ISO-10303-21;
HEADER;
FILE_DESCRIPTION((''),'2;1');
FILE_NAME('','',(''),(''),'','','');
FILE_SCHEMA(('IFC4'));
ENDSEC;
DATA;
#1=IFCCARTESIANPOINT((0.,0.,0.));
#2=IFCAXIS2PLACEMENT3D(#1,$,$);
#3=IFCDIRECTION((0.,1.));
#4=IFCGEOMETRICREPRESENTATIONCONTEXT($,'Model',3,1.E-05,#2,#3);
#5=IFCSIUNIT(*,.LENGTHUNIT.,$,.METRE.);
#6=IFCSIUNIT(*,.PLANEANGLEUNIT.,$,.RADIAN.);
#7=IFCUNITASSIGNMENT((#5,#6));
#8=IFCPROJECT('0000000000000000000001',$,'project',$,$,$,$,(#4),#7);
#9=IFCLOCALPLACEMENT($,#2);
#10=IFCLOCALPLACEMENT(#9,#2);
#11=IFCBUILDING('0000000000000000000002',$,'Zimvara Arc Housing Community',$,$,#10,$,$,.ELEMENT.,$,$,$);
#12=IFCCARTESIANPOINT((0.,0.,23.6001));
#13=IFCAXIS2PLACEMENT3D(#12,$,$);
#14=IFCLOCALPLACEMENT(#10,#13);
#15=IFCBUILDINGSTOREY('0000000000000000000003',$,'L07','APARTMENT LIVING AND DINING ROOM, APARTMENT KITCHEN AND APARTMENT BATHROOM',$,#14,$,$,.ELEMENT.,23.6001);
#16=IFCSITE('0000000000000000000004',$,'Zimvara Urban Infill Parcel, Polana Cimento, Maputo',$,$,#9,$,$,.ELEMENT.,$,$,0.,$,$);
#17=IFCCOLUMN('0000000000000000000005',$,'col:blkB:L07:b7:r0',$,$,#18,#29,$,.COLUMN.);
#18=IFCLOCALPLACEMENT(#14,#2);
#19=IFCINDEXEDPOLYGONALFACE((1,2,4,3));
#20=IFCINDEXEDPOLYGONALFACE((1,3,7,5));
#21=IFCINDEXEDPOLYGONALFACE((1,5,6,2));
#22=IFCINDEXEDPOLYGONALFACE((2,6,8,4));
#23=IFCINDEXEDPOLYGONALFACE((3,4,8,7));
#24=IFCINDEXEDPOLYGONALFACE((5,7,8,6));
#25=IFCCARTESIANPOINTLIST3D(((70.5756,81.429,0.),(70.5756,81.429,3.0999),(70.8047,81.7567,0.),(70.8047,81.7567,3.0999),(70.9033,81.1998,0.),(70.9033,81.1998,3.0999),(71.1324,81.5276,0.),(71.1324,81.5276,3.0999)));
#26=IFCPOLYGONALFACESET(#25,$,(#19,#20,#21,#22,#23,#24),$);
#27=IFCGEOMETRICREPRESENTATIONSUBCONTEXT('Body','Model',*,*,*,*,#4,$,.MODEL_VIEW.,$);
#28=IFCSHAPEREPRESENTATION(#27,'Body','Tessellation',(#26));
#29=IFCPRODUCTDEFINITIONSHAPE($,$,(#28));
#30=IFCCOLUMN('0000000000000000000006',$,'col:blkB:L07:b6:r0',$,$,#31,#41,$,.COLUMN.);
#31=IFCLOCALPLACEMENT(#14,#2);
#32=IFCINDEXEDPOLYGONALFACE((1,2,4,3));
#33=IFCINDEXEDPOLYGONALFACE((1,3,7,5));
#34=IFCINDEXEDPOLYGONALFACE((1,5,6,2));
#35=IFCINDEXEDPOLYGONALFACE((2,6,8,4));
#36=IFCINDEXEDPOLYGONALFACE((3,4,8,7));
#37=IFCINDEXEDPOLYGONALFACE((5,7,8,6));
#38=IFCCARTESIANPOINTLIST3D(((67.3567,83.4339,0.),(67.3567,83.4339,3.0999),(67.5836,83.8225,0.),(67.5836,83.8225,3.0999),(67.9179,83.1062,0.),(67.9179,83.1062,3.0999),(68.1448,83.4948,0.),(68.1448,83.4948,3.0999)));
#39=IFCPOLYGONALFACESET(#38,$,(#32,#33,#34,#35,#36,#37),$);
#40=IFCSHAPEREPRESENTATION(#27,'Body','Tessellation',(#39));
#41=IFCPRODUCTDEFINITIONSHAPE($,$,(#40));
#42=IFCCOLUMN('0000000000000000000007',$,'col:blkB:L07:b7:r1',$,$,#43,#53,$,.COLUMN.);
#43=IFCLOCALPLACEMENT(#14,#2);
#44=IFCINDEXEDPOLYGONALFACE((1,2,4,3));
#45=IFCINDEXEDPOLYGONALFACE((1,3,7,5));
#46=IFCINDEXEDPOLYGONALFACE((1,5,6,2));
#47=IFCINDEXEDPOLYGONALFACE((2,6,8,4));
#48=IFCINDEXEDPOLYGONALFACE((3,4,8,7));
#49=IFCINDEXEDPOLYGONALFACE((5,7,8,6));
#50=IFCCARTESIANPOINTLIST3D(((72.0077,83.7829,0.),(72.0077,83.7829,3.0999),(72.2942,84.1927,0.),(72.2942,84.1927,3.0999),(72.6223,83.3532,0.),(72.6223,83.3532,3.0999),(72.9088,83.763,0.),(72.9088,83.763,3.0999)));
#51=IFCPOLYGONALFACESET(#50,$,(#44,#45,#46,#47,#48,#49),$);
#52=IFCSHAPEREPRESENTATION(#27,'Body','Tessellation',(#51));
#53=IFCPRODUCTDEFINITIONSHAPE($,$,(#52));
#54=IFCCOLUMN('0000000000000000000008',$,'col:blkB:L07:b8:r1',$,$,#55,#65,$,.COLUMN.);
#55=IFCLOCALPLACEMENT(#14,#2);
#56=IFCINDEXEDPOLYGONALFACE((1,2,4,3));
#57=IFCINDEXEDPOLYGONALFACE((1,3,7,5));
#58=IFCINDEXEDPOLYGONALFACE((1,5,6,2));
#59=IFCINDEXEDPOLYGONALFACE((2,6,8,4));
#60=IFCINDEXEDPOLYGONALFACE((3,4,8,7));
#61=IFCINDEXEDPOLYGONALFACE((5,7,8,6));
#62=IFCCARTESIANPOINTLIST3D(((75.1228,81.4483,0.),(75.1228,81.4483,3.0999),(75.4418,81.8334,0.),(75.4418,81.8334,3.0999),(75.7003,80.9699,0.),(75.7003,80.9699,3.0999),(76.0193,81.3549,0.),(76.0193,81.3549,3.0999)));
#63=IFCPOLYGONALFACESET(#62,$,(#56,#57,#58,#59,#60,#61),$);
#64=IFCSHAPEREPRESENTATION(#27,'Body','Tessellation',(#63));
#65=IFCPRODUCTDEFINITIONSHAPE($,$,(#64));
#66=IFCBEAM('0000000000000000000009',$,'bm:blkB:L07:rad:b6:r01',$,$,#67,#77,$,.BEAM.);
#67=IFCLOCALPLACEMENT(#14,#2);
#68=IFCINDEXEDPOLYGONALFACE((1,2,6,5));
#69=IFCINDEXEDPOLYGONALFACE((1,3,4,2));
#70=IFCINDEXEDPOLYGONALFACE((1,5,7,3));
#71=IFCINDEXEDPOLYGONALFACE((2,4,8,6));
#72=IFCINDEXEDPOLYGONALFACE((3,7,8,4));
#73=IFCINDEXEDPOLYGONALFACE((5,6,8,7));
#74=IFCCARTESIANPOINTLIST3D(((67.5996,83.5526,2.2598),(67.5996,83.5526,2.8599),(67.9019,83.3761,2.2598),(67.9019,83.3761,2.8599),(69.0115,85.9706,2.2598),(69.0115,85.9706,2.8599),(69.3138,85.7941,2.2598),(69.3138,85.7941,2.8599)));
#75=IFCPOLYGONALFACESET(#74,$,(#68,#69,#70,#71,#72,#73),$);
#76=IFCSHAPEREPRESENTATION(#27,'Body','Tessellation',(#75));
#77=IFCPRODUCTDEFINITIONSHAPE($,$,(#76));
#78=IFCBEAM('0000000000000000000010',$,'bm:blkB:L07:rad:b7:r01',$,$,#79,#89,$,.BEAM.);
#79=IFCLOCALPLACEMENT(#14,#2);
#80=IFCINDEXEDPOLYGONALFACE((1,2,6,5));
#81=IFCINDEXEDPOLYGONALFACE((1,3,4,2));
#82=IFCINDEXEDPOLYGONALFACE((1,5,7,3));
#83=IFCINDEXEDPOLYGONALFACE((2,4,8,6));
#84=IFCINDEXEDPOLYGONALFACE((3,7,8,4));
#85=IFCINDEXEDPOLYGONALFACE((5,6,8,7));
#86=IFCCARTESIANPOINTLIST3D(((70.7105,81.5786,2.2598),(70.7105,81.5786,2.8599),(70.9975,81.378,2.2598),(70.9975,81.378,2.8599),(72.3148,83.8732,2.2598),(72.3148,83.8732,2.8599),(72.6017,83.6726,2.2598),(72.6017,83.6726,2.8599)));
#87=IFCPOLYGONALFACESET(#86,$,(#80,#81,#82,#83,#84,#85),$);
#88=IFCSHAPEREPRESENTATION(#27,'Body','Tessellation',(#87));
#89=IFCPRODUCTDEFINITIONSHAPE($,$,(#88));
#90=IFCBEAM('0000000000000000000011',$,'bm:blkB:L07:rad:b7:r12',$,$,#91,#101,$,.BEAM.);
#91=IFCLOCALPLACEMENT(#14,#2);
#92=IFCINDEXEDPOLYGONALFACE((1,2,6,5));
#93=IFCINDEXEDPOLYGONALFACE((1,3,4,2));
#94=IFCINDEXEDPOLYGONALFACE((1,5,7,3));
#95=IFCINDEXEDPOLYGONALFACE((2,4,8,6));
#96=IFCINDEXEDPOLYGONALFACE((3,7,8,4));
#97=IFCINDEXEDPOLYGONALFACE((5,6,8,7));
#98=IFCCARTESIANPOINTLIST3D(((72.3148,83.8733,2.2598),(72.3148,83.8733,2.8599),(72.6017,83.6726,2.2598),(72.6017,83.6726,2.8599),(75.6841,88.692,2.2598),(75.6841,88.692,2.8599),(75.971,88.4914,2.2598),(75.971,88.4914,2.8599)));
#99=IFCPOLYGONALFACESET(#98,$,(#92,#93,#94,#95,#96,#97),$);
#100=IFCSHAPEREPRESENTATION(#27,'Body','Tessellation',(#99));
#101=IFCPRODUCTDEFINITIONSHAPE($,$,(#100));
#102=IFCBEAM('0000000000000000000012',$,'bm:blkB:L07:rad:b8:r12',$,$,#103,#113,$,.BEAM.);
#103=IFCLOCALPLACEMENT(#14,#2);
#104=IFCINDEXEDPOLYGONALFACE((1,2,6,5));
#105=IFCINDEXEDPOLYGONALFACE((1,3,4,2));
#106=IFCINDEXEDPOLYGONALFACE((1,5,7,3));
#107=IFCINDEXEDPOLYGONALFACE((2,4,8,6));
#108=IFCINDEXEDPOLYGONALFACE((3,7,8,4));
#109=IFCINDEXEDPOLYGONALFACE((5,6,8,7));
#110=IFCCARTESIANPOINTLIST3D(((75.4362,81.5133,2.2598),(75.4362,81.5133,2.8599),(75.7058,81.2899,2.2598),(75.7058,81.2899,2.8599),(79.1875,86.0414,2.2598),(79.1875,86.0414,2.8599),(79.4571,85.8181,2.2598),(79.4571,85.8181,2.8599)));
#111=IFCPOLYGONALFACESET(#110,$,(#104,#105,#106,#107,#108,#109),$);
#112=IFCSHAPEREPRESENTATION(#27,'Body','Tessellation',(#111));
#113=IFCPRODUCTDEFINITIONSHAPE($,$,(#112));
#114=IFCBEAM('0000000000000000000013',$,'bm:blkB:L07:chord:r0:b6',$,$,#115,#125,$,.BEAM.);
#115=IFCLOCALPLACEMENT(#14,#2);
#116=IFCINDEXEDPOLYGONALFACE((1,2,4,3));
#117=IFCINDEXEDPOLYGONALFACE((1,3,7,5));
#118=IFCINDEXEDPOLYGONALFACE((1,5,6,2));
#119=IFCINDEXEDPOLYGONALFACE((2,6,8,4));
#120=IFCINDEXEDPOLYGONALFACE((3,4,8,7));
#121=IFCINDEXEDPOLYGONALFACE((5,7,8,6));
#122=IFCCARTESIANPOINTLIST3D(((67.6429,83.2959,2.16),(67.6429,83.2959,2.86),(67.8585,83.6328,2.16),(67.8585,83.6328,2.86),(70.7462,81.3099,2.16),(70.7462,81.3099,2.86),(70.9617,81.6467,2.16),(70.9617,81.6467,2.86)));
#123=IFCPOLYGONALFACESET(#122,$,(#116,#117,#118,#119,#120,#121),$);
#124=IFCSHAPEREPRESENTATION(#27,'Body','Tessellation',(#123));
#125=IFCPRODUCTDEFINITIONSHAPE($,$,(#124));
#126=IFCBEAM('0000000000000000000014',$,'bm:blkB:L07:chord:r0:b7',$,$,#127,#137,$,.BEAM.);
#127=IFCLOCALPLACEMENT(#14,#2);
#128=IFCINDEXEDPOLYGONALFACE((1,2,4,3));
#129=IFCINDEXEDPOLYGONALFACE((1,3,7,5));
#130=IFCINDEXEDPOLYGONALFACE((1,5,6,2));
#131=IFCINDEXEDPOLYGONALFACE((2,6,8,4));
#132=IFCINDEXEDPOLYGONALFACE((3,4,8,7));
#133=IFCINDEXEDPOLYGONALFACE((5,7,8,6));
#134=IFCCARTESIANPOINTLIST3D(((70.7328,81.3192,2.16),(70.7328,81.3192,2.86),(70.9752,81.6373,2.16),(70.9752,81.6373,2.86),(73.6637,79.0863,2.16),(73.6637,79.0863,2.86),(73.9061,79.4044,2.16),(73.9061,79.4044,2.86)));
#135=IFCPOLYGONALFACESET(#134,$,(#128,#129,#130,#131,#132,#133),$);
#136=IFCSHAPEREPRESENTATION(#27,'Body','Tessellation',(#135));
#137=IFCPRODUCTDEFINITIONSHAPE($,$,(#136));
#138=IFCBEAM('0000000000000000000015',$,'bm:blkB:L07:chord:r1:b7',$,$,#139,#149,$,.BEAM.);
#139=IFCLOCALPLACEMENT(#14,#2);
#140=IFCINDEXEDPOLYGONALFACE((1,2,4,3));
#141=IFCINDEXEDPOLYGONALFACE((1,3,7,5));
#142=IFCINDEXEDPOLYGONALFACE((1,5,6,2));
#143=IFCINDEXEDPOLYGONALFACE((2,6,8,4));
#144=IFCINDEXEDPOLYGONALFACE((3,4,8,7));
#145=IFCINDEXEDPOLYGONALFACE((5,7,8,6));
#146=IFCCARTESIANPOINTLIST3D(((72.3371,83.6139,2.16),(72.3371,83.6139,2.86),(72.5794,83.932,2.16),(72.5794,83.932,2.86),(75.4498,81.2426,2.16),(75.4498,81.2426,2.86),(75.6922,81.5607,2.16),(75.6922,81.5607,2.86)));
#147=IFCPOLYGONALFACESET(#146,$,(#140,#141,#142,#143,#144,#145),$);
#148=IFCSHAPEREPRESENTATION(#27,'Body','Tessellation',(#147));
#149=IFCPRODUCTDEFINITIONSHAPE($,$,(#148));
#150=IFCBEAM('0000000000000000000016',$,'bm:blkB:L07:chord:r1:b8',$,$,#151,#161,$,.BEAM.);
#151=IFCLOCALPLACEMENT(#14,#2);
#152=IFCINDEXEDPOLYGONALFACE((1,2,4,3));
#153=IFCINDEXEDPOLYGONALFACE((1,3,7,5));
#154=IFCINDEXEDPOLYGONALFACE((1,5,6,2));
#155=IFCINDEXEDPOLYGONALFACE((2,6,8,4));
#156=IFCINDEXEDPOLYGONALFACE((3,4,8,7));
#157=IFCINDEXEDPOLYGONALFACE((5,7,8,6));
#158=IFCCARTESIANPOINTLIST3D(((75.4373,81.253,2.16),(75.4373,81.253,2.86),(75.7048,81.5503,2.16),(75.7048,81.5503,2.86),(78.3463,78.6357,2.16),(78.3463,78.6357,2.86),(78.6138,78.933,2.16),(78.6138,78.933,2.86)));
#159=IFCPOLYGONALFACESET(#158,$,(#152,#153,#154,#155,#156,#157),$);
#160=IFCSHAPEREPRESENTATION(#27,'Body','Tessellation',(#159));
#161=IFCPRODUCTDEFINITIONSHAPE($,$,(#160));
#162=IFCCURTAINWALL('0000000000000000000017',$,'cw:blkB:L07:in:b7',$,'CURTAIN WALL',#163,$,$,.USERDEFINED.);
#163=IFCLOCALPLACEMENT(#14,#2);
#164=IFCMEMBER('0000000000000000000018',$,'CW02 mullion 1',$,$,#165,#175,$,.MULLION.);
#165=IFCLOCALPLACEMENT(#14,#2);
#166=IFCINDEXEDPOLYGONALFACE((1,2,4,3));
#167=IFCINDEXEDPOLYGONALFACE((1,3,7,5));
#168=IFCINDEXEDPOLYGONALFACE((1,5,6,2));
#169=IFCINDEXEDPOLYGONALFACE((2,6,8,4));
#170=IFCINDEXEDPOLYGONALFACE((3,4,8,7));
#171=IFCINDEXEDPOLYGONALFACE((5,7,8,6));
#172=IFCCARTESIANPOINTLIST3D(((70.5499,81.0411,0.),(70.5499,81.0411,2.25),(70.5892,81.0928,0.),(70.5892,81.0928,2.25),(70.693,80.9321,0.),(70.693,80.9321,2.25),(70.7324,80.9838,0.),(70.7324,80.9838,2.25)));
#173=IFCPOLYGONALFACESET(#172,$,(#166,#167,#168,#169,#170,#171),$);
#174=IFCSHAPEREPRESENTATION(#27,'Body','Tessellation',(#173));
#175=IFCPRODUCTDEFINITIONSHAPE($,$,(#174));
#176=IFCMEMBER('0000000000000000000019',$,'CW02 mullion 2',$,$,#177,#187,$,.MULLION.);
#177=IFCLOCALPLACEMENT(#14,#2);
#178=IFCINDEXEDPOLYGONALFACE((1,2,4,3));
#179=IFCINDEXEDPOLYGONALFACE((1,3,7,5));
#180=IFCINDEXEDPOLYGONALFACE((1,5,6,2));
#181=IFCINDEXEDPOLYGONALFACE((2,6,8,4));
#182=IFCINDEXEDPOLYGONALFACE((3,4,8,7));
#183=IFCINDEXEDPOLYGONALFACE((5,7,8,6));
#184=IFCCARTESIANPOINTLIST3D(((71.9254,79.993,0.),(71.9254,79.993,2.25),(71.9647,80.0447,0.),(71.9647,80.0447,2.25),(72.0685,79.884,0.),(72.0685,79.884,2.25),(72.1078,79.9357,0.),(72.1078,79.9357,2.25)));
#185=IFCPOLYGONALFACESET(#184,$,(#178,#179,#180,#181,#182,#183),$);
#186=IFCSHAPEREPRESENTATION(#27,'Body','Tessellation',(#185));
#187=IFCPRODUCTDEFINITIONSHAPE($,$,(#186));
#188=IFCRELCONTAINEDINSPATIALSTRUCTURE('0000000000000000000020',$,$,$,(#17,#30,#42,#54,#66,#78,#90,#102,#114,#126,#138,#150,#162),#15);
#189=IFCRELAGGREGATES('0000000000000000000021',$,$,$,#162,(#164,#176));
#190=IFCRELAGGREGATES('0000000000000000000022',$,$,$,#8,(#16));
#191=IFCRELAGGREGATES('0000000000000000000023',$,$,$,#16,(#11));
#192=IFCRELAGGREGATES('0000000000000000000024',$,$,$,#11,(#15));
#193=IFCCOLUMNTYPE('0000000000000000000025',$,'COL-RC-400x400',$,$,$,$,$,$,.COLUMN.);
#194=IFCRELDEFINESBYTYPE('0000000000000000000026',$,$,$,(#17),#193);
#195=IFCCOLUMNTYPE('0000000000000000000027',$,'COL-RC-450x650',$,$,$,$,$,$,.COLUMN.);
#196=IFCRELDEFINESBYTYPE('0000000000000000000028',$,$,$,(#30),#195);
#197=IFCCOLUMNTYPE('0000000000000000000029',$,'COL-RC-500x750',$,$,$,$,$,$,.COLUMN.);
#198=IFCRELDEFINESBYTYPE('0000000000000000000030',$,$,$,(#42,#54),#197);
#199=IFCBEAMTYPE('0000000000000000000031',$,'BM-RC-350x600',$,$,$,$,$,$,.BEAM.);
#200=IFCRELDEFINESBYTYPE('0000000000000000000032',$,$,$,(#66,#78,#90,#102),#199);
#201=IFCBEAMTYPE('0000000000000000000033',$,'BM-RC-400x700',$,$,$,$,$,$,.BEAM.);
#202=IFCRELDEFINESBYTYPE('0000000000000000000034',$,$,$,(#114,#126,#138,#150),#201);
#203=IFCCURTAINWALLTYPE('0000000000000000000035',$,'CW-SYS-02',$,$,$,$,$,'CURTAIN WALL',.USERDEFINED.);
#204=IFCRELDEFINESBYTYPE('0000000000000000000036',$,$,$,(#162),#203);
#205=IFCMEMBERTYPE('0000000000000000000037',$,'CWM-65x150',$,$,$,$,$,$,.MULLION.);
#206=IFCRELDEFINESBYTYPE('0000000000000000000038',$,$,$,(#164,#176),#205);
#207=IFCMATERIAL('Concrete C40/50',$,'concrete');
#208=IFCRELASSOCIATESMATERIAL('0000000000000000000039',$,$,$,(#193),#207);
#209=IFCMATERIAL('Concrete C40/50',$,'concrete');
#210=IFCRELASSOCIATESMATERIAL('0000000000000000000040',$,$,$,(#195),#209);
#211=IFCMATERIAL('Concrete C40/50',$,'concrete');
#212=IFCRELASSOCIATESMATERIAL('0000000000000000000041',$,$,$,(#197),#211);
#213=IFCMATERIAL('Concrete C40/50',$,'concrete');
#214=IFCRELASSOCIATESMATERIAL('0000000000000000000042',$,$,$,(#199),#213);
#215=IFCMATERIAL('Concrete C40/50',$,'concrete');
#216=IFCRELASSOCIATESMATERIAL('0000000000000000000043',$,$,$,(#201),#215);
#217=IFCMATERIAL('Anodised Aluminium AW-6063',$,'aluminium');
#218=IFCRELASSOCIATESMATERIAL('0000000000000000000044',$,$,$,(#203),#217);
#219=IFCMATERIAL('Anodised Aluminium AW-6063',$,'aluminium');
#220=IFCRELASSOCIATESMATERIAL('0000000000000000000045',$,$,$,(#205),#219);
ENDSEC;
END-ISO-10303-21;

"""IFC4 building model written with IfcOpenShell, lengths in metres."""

from ifc_helpers import new_model, si_unit, direction, frame, origin, origin_2d, place, context, subcontext, project, spatial, rectangle, extrude, material, material_profile, profile_set, type_object, element, aggregate, save


model = new_model("IFC4")

# Units and contexts
model_context = context("Model", 3, precision=1e-05, world=origin(), true_north=direction((0.0, 1.0)))
body_context = subcontext(model_context, "Body", "Model", "MODEL_VIEW")
ifc_project = project(units=[si_unit("LENGTHUNIT", "METRE"), si_unit("PLANEANGLEUNIT", "RADIAN")], contexts=[model_context])

# Site, building, storey
site_placement = place(None, origin())
site = spatial("IfcSite", under=ifc_project, at=site_placement, Name="Zimvara Urban Infill Parcel, Polana Cimento, Maputo", CompositionType="ELEMENT", RefElevation=0.0)
building_placement = place(site_placement, origin())
building = spatial("IfcBuilding", under=site, at=building_placement, Name="Zimvara Arc Housing Community", CompositionType="ELEMENT")
storey_placement = place(building_placement, frame((0.0, 0.0, 23.6001)))
storey = spatial("IfcBuildingStorey", under=building, at=storey_placement, Name="L07", Description="APARTMENT LIVING AND DINING ROOM, APARTMENT KITCHEN AND APARTMENT BATHROOM", CompositionType="ELEMENT", Elevation=23.6001)

# Columns
ifc_material_1 = material(Name="Concrete C40/50", Category="concrete")
ifc_material_profile_1 = material_profile(ifc_material_1, rectangle(XDim=0.3999, YDim=0.3999, at=origin_2d()), Name="RC 400x400")
ifc_profile_set_1 = profile_set([ifc_material_profile_1], Name="Concrete C40/50")
column_type_1 = type_object("IfcColumnType", Name="COL-RC-400x400", PredefinedType="COLUMN", material=ifc_profile_set_1)
column_1_placement = place(storey_placement, frame((70.854, 81.4783, 0.0), z_axis=(0.0, 0.0, 1.0), x_axis=(0.573004, 0.819552, 0.0)))
element("IfcColumn", 1, at=column_1_placement, inside=storey, type_object=column_type_1, Name="col:blkB:L07:b7:r0", PredefinedType="COLUMN", context=body_context, shape_type="SweptSolid", body=[
    extrude(rectangle(XDim=0.3999, YDim=0.3999, at=origin_2d()), origin(), (0.0, 0.0, 1.0), 3.0999),
])
ifc_material_2 = material(Name="Concrete C40/50", Category="concrete")
ifc_material_profile_2 = material_profile(ifc_material_2, rectangle(XDim=0.45, YDim=0.6499, at=origin_2d()), Name="RC 450x650")
ifc_profile_set_2 = profile_set([ifc_material_profile_2], Name="Concrete C40/50")
column_type_2 = type_object("IfcColumnType", Name="COL-RC-450x650", PredefinedType="COLUMN", material=ifc_profile_set_2)
column_2_placement = place(storey_placement, frame((67.7507, 83.4644, 0.0), z_axis=(0.0, 0.0, 1.0), x_axis=(0.504226, 0.863572, 0.0)))
element("IfcColumn", 2, at=column_2_placement, inside=storey, type_object=column_type_2, Name="col:blkB:L07:b6:r0", PredefinedType="COLUMN", context=body_context, shape_type="SweptSolid", body=[
    extrude(rectangle(XDim=0.45, YDim=0.6499, at=origin_2d()), origin(), (0.0, 0.0, 1.0), 3.0999),
])
ifc_material_3 = material(Name="Concrete C40/50", Category="concrete")
ifc_material_profile_3 = material_profile(ifc_material_3, rectangle(XDim=0.5, YDim=0.75, at=origin_2d()), Name="RC 500x750")
ifc_profile_set_3 = profile_set([ifc_material_profile_3], Name="Concrete C40/50")
column_type_3 = type_object("IfcColumnType", Name="COL-RC-500x750", PredefinedType="COLUMN", material=ifc_profile_set_3)
for number, where, z_axis, x_axis, name in (
    (3, (72.4583, 83.7729, 0.0), (0.0, 0.0, 1.0), (0.573004, 0.819552, 0.0), "col:blkB:L07:b7:r1"),
    (4, (75.571, 81.4016, 0.0), (0.0, 0.0, 1.0), (0.637962, 0.770068, 0.0), "col:blkB:L07:b8:r1"),
):
    element("IfcColumn", number, at=place(storey_placement, frame(where, z_axis=z_axis, x_axis=x_axis)), inside=storey, type_object=column_type_3, Name=name, PredefinedType="COLUMN", context=body_context, shape_type="SweptSolid", body=[
        extrude(rectangle(XDim=0.5, YDim=0.75, at=origin_2d()), origin(), (0.0, 0.0, 1.0), 3.0999),
    ])

# Beams
ifc_material_4 = material(Name="Concrete C40/50", Category="concrete")
ifc_material_profile_4 = material_profile(ifc_material_4, rectangle(XDim=0.3501, YDim=0.6001, at=origin_2d()), Name="RC 350x600")
ifc_profile_set_4 = profile_set([ifc_material_profile_4], Name="Concrete C40/50")
beam_type_1 = type_object("IfcBeamType", Name="BM-RC-350x600", PredefinedType="BEAM", material=ifc_profile_set_4)
beam_1_placement = place(storey_placement, frame((67.7507, 83.4644, 2.5598), z_axis=(0.50424, 0.863564, 0.0), x_axis=(-0.863564, 0.50424, 0.0)))
element("IfcBeam", 5, at=beam_1_placement, inside=storey, type_object=beam_type_1, Name="bm:blkB:L07:rad:b6:r01", PredefinedType="BEAM", context=body_context, shape_type="SweptSolid", body=[
    extrude(rectangle(XDim=0.3501, YDim=0.6001, at=origin_2d()), origin(), (0.0, 0.0, 1.0), 2.8),
])
beam_2_placement = place(storey_placement, frame((70.854, 81.4783, 2.5598), z_axis=(0.572977, 0.819572, 0.0), x_axis=(-0.819572, 0.572977, 0.0)))
element("IfcBeam", 6, at=beam_2_placement, inside=storey, type_object=beam_type_1, Name="bm:blkB:L07:rad:b7:r01", PredefinedType="BEAM", context=body_context, shape_type="SweptSolid", body=[
    extrude(rectangle(XDim=0.3501, YDim=0.6001, at=origin_2d()), origin(), (0.0, 0.0, 1.0), 2.7998),
])
beam_3_placement = place(storey_placement, frame((72.4583, 83.7729, 2.5598), z_axis=(0.573028, 0.819536, 0.0), x_axis=(-0.819536, 0.573028, 0.0)))
element("IfcBeam", 7, at=beam_3_placement, inside=storey, type_object=beam_type_1, Name="bm:blkB:L07:rad:b7:r12", PredefinedType="BEAM", context=body_context, shape_type="SweptSolid", body=[
    extrude(rectangle(XDim=0.3501, YDim=0.6001, at=origin_2d()), origin(), (0.0, 0.0, 1.0), 5.8799),
])
beam_4_placement = place(storey_placement, frame((75.571, 81.4016, 2.5598), z_axis=(0.637956, 0.770073, 0.0), x_axis=(-0.770073, 0.637956, 0.0)))
element("IfcBeam", 8, at=beam_4_placement, inside=storey, type_object=beam_type_1, Name="bm:blkB:L07:rad:b8:r12", PredefinedType="BEAM", context=body_context, shape_type="SweptSolid", body=[
    extrude(rectangle(XDim=0.3501, YDim=0.6001, at=origin_2d()), origin(), (0.0, 0.0, 1.0), 5.8801),
])
ifc_material_5 = material(Name="Concrete C40/50", Category="concrete")
ifc_material_profile_5 = material_profile(ifc_material_5, rectangle(XDim=0.3999, YDim=0.7, at=origin_2d()), Name="RC 400x700")
ifc_profile_set_5 = profile_set([ifc_material_profile_5], Name="Concrete C40/50")
beam_type_2 = type_object("IfcBeamType", Name="BM-RC-400x700", PredefinedType="BEAM", material=ifc_profile_set_5)
beam_5_placement = place(storey_placement, frame((67.7507, 83.4644, 2.51), z_axis=(0.842273, -0.539052, 0.0), x_axis=(0.539052, 0.842273, 0.0)))
element("IfcBeam", 9, at=beam_5_placement, inside=storey, type_object=beam_type_2, Name="bm:blkB:L07:chord:r0:b6", PredefinedType="BEAM", context=body_context, shape_type="SweptSolid", body=[
    extrude(rectangle(XDim=0.3999, YDim=0.7, at=origin_2d()), origin(), (0.0, 0.0, 1.0), 3.6843),
])
beam_6_placement = place(storey_placement, frame((70.854, 81.4783, 2.51), z_axis=(0.795453, -0.606015, 0.0), x_axis=(0.606015, 0.795453, 0.0)))
element("IfcBeam", 10, at=beam_6_placement, inside=storey, type_object=beam_type_2, Name="bm:blkB:L07:chord:r0:b7", PredefinedType="BEAM", context=body_context, shape_type="SweptSolid", body=[
    extrude(rectangle(XDim=0.3999, YDim=0.7, at=origin_2d()), origin(), (0.0, 0.0, 1.0), 3.6846),
])
for number, where, z_axis, x_axis, name in (
    (11, (72.4583, 83.7729, 2.51), (0.79547, -0.605992, 0.0), (0.605992, 0.79547, 0.0), "bm:blkB:L07:chord:r1:b7"),
    (12, (75.571, 81.4016, 2.51), (0.743403, -0.668844, 0.0), (0.668844, 0.743403, 0.0), "bm:blkB:L07:chord:r1:b8"),
):
    element("IfcBeam", number, at=place(storey_placement, frame(where, z_axis=z_axis, x_axis=x_axis)), inside=storey, type_object=beam_type_2, Name=name, PredefinedType="BEAM", context=body_context, shape_type="SweptSolid", body=[
        extrude(rectangle(XDim=0.3999, YDim=0.7, at=origin_2d()), origin(), (0.0, 0.0, 1.0), 3.9131),
    ])

# Curtain wall, members
ifc_material_6 = material(Name="Anodised Aluminium AW-6063", Category="aluminium")
curtain_wall_type = type_object("IfcCurtainWallType", Name="CW-SYS-02", ElementType="CURTAIN WALL", PredefinedType="USERDEFINED", material=ifc_material_6)
curtain_wall_placement = place(storey_placement, origin())
curtain_wall = element("IfcCurtainWall", 13, at=curtain_wall_placement, inside=storey, type_object=curtain_wall_type, Name="cw:blkB:L07:in:b7", ObjectType="CURTAIN WALL", PredefinedType="USERDEFINED")
ifc_material_7 = material(Name="Anodised Aluminium AW-6063", Category="aluminium")
ifc_material_profile_6 = material_profile(ifc_material_7, rectangle(XDim=0.0649, YDim=0.1799, at=origin_2d()), Name="ALU 65x180")
ifc_profile_set_6 = profile_set([ifc_material_profile_6], Name="Anodised Aluminium AW-6063")
member_type_1 = type_object("IfcMemberType", Name="CWM-65x150", PredefinedType="MULLION", material=ifc_profile_set_6)
member_1_placement = place(storey_placement, frame((70.6411, 81.0125, 0.0), z_axis=(0.0, 0.0, 1.0), x_axis=(0.605988, 0.795474, 0.0)))
member_1 = element("IfcMember", 14, at=member_1_placement, type_object=member_type_1, Name="CW02 mullion 1", PredefinedType="MULLION", context=body_context, shape_type="SweptSolid", body=[
    extrude(rectangle(XDim=0.0649, YDim=0.1799, at=origin_2d()), origin(), (0.0, 0.0, 1.0), 2.25),
])
member_2_placement = place(storey_placement, frame((72.0166, 79.9644, 0.0), z_axis=(0.0, 0.0, 1.0), x_axis=(0.605988, 0.795474, 0.0)))
member_2 = element("IfcMember", 15, at=member_2_placement, type_object=member_type_1, Name="CW02 mullion 2", PredefinedType="MULLION", context=body_context, shape_type="SweptSolid", body=[
    extrude(rectangle(XDim=0.0649, YDim=0.1799, at=origin_2d()), origin(), (0.0, 0.0, 1.0), 2.25),
])
aggregate(curtain_wall, [member_1, member_2])

save(model, "model.ifc")
